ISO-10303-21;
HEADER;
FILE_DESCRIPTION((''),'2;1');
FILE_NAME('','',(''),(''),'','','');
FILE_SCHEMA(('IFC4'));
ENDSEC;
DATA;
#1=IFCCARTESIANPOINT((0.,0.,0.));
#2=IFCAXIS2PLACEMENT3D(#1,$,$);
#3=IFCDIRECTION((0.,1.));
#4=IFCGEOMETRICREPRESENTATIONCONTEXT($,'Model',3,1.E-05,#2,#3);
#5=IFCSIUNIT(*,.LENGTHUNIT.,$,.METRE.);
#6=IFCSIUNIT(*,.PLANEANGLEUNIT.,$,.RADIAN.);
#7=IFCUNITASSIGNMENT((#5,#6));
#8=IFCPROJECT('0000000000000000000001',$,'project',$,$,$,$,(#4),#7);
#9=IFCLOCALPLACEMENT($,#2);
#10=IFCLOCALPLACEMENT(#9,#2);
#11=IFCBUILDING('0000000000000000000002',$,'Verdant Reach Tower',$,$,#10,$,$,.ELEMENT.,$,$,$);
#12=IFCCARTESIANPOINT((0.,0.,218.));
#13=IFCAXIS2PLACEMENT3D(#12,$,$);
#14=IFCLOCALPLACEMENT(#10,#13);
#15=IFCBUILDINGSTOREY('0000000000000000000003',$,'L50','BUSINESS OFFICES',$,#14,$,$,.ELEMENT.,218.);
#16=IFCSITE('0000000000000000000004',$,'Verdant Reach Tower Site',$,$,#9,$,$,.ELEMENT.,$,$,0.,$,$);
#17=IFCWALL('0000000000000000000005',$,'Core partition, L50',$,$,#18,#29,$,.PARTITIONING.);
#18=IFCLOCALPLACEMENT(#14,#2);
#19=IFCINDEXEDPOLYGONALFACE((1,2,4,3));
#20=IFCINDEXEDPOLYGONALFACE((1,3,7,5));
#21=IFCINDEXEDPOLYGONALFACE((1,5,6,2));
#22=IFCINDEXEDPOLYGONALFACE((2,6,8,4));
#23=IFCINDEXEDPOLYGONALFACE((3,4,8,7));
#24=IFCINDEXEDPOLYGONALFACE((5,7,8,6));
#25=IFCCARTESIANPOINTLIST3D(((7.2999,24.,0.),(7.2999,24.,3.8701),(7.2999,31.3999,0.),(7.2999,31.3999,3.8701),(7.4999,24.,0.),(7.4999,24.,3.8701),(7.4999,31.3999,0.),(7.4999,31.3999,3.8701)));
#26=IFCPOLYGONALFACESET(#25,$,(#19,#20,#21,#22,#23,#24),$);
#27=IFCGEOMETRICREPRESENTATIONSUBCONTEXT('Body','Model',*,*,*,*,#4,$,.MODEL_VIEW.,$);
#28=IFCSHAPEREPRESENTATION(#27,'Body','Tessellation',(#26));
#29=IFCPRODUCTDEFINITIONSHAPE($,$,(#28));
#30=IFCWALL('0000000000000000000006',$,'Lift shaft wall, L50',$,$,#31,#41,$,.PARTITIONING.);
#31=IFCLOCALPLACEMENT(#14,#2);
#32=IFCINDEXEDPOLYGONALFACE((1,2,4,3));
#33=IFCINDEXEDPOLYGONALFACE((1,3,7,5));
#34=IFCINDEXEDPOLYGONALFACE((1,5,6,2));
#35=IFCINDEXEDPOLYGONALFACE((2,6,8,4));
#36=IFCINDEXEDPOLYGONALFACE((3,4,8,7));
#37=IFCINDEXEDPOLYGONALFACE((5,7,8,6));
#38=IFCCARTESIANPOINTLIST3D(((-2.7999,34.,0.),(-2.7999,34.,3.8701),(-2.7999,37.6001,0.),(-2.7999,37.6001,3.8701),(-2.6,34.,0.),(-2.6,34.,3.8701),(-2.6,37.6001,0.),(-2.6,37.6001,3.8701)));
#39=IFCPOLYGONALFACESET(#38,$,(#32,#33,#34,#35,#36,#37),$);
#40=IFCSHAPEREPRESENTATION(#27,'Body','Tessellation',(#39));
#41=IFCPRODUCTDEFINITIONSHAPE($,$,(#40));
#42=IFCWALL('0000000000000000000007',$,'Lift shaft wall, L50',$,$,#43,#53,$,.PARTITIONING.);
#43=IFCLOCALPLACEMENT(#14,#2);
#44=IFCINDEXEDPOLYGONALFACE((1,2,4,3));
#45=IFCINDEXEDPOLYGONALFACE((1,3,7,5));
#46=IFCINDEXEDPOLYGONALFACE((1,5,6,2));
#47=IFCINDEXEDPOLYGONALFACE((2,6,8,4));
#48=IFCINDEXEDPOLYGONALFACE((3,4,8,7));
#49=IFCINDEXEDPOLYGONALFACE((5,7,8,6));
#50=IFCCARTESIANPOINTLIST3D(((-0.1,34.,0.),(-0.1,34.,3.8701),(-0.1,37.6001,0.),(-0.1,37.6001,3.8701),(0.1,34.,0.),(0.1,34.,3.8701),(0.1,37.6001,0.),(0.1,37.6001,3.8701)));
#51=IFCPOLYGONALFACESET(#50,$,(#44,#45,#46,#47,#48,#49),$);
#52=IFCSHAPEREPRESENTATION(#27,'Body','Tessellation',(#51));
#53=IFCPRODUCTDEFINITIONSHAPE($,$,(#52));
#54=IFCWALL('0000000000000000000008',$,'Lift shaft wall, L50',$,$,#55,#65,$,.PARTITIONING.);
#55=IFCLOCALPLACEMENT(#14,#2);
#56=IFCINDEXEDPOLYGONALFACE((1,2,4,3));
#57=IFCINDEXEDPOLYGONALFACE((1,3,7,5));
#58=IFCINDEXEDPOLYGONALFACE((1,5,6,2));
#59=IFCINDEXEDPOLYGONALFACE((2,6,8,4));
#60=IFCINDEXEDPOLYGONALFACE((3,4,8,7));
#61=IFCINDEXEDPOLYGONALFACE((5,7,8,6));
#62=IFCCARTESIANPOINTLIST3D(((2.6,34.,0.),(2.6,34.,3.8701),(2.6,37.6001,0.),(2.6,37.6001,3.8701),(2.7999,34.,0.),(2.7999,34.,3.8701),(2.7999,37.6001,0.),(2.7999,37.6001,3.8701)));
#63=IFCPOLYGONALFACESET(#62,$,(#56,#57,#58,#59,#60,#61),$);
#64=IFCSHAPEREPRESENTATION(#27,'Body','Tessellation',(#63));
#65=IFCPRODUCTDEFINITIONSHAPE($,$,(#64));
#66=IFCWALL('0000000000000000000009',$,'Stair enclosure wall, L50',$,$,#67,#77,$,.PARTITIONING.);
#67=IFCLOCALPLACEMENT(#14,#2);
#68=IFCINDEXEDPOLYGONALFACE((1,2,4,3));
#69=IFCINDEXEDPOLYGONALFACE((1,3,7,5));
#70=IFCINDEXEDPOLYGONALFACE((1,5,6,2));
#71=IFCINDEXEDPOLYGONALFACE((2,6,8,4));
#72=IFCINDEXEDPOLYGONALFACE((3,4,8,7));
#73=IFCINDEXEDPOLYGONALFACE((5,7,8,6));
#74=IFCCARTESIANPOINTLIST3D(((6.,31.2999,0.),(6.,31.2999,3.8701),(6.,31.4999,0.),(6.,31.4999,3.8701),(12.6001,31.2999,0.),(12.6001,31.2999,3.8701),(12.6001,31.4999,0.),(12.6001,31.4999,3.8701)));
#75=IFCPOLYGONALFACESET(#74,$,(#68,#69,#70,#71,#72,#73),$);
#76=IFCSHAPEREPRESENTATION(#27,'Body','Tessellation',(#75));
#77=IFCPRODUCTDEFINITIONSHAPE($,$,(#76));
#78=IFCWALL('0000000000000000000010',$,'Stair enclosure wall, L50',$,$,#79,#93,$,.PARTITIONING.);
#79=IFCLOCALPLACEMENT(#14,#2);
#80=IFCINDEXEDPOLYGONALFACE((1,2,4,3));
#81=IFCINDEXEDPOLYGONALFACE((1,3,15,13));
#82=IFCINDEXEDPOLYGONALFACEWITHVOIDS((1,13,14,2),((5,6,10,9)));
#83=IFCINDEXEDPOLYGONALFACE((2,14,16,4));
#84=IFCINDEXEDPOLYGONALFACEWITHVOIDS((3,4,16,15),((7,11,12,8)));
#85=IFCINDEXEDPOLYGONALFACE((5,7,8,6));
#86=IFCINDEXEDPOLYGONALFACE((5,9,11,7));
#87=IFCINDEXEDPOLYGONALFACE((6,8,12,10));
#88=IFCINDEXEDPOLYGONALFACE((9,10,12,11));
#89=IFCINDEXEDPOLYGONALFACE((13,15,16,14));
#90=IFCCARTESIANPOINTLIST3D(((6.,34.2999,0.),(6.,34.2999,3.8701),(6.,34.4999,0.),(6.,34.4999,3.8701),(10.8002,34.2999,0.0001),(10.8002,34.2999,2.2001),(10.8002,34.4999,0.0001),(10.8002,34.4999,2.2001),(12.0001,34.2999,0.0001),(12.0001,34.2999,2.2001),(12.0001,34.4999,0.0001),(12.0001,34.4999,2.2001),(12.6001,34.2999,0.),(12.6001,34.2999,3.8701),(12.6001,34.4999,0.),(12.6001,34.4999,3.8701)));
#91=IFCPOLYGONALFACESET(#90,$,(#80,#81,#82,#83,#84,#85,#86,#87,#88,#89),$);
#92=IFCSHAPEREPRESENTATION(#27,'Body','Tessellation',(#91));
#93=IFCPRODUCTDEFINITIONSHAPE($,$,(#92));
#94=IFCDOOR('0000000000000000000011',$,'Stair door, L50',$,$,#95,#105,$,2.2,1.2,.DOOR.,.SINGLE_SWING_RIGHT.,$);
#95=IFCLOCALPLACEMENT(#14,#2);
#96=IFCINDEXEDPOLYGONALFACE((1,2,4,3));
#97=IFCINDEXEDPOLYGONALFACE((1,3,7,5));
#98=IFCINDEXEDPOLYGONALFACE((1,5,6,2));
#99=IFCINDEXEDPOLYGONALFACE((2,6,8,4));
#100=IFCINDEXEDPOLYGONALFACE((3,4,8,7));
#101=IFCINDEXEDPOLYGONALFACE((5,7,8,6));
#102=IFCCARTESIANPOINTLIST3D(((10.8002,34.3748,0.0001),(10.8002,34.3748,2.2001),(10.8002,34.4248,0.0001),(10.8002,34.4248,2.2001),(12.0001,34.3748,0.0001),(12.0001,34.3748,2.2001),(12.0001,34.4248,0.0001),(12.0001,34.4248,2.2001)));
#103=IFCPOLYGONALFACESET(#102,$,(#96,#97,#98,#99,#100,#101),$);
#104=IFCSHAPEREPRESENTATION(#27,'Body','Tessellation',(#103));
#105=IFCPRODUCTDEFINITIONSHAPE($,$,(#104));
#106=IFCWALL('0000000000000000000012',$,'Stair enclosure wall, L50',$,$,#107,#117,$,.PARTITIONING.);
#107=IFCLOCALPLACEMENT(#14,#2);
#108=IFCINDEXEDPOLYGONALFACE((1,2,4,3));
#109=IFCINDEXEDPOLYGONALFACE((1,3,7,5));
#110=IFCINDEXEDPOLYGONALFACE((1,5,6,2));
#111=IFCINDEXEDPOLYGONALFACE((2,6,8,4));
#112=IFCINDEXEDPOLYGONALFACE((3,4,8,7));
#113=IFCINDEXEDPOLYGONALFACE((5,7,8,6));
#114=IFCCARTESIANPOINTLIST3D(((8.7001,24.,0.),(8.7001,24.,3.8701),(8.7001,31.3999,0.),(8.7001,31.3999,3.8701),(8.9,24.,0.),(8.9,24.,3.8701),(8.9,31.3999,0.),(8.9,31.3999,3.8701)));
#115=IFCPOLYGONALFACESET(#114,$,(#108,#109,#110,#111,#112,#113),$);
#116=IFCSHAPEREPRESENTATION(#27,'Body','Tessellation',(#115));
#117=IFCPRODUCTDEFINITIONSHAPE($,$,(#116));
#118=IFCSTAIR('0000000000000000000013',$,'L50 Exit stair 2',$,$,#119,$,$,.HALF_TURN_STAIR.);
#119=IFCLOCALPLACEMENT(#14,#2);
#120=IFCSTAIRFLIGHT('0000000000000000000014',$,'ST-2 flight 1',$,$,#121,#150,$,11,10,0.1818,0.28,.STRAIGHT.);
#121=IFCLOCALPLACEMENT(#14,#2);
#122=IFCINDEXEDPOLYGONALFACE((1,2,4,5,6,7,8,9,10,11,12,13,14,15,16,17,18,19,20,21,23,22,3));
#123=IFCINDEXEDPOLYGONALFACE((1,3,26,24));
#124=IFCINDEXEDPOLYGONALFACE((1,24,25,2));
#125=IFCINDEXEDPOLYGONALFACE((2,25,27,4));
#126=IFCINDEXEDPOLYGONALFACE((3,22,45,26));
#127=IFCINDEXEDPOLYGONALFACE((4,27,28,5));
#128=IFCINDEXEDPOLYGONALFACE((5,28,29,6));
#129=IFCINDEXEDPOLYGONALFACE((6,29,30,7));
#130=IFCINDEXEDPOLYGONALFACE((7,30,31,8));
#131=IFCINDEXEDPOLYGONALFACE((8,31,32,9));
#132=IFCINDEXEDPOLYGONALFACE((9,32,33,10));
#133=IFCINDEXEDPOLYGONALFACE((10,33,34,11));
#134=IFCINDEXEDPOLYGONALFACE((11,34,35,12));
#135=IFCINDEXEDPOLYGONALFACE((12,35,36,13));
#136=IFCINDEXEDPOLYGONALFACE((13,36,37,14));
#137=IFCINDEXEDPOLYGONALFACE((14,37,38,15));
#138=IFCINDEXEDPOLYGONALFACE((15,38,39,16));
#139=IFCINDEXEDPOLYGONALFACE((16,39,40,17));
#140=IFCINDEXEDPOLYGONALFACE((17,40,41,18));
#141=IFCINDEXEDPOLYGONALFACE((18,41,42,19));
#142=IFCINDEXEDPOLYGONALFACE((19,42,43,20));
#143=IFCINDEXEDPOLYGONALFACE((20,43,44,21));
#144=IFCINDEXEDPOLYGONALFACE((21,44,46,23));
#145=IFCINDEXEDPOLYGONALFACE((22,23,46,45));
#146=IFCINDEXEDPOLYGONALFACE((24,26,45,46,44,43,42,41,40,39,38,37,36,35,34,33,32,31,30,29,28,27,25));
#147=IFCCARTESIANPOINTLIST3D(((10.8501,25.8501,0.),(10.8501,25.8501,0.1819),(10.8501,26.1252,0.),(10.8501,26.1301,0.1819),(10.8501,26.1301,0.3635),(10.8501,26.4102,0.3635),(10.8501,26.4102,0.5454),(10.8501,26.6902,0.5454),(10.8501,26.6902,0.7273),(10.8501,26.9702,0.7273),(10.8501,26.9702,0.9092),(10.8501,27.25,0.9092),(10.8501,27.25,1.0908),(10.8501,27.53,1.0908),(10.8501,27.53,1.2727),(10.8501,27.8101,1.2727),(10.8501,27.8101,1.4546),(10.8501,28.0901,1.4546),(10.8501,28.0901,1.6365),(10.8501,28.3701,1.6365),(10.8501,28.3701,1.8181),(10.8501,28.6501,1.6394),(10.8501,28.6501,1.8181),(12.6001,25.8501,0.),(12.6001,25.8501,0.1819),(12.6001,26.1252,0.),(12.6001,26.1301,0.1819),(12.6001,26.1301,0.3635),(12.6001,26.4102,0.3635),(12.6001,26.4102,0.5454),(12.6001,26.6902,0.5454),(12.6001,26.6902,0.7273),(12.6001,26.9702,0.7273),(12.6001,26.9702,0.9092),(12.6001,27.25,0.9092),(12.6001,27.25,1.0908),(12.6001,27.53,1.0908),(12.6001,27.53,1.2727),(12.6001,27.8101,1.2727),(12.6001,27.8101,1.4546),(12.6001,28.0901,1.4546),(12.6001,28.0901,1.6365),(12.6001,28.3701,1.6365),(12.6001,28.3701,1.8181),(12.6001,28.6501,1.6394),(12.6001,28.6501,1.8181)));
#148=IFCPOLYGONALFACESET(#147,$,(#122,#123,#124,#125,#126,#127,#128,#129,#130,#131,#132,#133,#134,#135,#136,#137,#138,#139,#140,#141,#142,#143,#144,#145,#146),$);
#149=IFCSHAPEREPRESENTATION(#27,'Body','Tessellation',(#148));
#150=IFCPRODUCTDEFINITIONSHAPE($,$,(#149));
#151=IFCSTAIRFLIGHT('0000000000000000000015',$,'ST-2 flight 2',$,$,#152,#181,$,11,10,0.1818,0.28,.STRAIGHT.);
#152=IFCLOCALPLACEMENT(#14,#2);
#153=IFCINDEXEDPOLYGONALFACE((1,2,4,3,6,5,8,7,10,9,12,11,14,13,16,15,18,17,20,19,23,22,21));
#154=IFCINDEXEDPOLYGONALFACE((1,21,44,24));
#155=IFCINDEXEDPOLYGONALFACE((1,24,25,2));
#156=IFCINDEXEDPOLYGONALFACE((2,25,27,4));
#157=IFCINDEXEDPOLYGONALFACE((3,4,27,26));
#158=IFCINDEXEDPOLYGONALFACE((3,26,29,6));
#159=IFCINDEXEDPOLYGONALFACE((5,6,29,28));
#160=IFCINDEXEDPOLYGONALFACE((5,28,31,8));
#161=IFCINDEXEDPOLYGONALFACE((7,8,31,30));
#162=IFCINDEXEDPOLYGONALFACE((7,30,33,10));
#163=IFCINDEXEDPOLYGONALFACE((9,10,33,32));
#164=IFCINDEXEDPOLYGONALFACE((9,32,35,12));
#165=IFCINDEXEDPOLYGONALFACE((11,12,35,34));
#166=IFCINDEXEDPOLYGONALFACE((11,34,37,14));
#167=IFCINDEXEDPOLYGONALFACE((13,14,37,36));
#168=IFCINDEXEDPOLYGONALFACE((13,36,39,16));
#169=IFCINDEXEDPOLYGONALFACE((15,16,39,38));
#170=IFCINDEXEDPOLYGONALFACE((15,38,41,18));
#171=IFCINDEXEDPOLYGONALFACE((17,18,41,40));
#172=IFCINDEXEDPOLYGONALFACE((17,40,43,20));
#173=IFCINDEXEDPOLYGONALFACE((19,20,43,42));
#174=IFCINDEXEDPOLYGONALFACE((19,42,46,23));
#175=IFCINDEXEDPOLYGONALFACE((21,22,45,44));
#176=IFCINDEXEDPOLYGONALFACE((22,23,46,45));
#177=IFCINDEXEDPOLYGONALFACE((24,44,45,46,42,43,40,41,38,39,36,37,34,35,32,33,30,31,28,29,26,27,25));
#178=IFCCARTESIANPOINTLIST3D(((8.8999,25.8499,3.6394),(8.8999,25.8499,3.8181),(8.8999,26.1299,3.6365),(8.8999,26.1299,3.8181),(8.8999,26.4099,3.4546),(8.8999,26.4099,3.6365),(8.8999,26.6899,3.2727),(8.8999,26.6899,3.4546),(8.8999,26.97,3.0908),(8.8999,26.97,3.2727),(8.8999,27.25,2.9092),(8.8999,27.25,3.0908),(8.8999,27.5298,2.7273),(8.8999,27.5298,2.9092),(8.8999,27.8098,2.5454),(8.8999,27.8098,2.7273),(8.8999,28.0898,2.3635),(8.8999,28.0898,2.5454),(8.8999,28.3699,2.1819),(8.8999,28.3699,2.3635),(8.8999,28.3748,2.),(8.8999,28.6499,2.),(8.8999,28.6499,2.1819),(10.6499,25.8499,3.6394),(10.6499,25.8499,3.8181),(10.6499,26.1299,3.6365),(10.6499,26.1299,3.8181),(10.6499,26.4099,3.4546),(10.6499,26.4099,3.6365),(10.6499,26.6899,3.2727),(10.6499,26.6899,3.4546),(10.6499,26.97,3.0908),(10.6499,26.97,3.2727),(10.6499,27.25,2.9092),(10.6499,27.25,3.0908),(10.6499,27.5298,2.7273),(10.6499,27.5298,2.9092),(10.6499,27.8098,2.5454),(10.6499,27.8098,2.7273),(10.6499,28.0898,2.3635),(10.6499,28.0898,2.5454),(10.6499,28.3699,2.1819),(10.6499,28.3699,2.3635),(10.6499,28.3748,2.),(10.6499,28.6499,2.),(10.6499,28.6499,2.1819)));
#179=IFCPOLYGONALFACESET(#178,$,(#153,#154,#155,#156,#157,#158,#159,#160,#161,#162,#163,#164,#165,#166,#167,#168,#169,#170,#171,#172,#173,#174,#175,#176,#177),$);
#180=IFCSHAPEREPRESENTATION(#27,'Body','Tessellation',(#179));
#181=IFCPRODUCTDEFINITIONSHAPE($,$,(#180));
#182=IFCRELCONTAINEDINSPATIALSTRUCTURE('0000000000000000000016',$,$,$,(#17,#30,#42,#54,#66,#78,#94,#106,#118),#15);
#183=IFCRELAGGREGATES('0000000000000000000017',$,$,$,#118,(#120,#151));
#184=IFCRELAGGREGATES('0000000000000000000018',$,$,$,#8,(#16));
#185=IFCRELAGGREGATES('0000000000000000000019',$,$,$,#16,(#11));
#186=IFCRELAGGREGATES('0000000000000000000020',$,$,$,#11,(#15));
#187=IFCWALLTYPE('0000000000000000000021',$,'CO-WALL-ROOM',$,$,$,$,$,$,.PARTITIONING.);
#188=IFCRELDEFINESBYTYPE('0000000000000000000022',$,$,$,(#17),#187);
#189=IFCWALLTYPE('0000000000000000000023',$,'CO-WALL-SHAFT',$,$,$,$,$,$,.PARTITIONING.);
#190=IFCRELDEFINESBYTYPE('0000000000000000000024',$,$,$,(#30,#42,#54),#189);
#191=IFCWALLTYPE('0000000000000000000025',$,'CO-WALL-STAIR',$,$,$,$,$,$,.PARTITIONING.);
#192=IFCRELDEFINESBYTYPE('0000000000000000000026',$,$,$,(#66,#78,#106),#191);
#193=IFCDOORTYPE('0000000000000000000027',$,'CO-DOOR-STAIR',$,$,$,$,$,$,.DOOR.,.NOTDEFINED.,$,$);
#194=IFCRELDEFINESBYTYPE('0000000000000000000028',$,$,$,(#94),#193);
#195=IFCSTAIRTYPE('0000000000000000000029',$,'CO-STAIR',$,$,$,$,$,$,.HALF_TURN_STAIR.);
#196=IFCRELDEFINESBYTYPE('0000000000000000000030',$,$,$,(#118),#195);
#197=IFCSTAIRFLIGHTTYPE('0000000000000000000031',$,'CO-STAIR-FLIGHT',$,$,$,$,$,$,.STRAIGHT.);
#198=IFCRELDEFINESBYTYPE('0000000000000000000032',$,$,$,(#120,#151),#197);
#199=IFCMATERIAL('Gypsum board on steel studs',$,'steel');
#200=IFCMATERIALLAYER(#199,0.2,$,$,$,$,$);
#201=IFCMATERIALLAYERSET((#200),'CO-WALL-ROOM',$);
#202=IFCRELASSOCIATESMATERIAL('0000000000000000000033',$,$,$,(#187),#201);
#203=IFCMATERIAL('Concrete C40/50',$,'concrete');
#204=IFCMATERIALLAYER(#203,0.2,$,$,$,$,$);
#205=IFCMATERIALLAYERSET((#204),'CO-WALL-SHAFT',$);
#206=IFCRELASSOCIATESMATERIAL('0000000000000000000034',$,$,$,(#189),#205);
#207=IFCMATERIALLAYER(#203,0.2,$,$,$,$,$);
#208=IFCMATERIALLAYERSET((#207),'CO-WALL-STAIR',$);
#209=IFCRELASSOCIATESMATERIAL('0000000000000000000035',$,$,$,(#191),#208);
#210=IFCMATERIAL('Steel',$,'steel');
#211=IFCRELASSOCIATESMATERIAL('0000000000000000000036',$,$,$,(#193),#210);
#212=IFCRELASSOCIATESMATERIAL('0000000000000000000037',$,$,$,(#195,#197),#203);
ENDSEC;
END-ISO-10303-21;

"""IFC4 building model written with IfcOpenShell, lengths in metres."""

from ifc_helpers import new_model, si_unit, direction, frame, frame_2d, origin, place, context, subcontext, project, spatial, polyline, rectangle, outline, extrude, material, layer, layer_set, type_object, element, fill, aggregate, save


model = new_model("IFC4")

# Units and contexts
model_context = context("Model", 3, precision=1e-05, world=origin(), true_north=direction((0.0, 1.0)))
body_context = subcontext(model_context, "Body", "Model", "MODEL_VIEW")
ifc_project = project(units=[si_unit("LENGTHUNIT", "METRE"), si_unit("PLANEANGLEUNIT", "RADIAN")], contexts=[model_context])

# Site, building, storey
site_placement = place(None, origin())
site = spatial("IfcSite", under=ifc_project, at=site_placement, Name="Verdant Reach Tower Site", CompositionType="ELEMENT", RefElevation=0.0)
building_placement = place(site_placement, origin())
building = spatial("IfcBuilding", under=site, at=building_placement, Name="Verdant Reach Tower", CompositionType="ELEMENT")
storey_placement = place(building_placement, frame((0.0, 0.0, 218.0)))
storey = spatial("IfcBuildingStorey", under=building, at=storey_placement, Name="L50", Description="BUSINESS OFFICES", CompositionType="ELEMENT", Elevation=218.0)

# Walls
ifc_material_1 = material(Name="Gypsum board on steel studs", Category="steel")
ifc_layer_1 = layer(ifc_material_1, 0.2)
ifc_layer_set_1 = layer_set([ifc_layer_1], Name="CO-WALL-ROOM")
wall_type_1 = type_object("IfcWallType", Name="CO-WALL-ROOM", PredefinedType="PARTITIONING", material=ifc_layer_set_1)
wall_1_placement = place(storey_placement, frame((7.3999, 24.0, 0.0), z_axis=(0.0, 0.0, 1.0), x_axis=(0.0, 1.0, 0.0)))
element("IfcWall", 1, at=wall_1_placement, inside=storey, type_object=wall_type_1, Name="Core partition, L50", PredefinedType="PARTITIONING", context=body_context, shape_type="SweptSolid", body=[
    extrude(rectangle(XDim=7.3999, YDim=0.2, at=frame_2d((3.7, 0.0))), origin(), (0.0, 0.0, 1.0), 3.8701),
])
ifc_material_2 = material(Name="Concrete C40/50", Category="concrete")
ifc_layer_2 = layer(ifc_material_2, 0.2)
ifc_layer_set_2 = layer_set([ifc_layer_2], Name="CO-WALL-SHAFT")
wall_type_2 = type_object("IfcWallType", Name="CO-WALL-SHAFT", PredefinedType="PARTITIONING", material=ifc_layer_set_2)
for number, where, z_axis, x_axis, name in (
    (2, (-2.7, 34.0, 0.0), (0.0, 0.0, 1.0), (0.0, 1.0, 0.0), "Lift shaft wall, L50"),
    (3, (0.0, 34.0, 0.0), (0.0, 0.0, 1.0), (0.0, 1.0, 0.0), "Lift shaft wall, L50"),
    (4, (2.7, 34.0, 0.0), (0.0, 0.0, 1.0), (0.0, 1.0, 0.0), "Lift shaft wall, L50"),
):
    element("IfcWall", number, at=place(storey_placement, frame(where, z_axis=z_axis, x_axis=x_axis)), inside=storey, type_object=wall_type_2, Name=name, PredefinedType="PARTITIONING", context=body_context, shape_type="SweptSolid", body=[
        extrude(rectangle(XDim=3.6001, YDim=0.2, at=frame_2d((1.8, 0.0))), origin(), (0.0, 0.0, 1.0), 3.8701),
    ])
ifc_layer_3 = layer(ifc_material_2, 0.2)
ifc_layer_set_3 = layer_set([ifc_layer_3], Name="CO-WALL-STAIR")
wall_type_3 = type_object("IfcWallType", Name="CO-WALL-STAIR", PredefinedType="PARTITIONING", material=ifc_layer_set_3)
wall_2_placement = place(storey_placement, frame((6.0, 31.3999, 0.0), z_axis=(0.0, 0.0, 1.0), x_axis=(1.0, 0.0, 0.0)))
element("IfcWall", 5, at=wall_2_placement, inside=storey, type_object=wall_type_3, Name="Stair enclosure wall, L50", PredefinedType="PARTITIONING", context=body_context, shape_type="SweptSolid", body=[
    extrude(rectangle(XDim=6.6001, YDim=0.2, at=frame_2d((3.3, 0.0))), origin(), (0.0, 0.0, 1.0), 3.8701),
])

# Wall, opening, door
wall_3_placement = place(storey_placement, frame((6.0, 34.3999, 0.0), z_axis=(0.0, 0.0, 1.0), x_axis=(1.0, 0.0, 0.0)))
wall_3 = element("IfcWall", 6, at=wall_3_placement, inside=storey, type_object=wall_type_3, Name="Stair enclosure wall, L50", PredefinedType="PARTITIONING", context=body_context, shape_type="SweptSolid", body=[
    extrude(rectangle(XDim=6.6001, YDim=0.2, at=frame_2d((3.3, 0.0))), origin(), (0.0, 0.0, 1.0), 3.8701),
])
opening_placement = place(wall_3_placement, frame((4.8, 0.0, 0.0)))
opening = element("IfcOpeningElement", 7, at=opening_placement, cuts=wall_3, PredefinedType="OPENING", context=body_context, shape_type="SweptSolid", body=[
    extrude(rectangle(XDim=1.2, YDim=2.2, at=frame_2d((0.6001, 1.1001))), frame((0.0, 0.1099, 0.0), z_axis=(0.0, -1.0, 0.0), x_axis=(1.0, 0.0, 0.0)), (0.0, 0.0, 1.0), 0.22),
])
ifc_material_3 = material(Name="Steel", Category="steel")
door_type = type_object("IfcDoorType", Name="CO-DOOR-STAIR", OperationType="NOTDEFINED", PredefinedType="DOOR", material=ifc_material_3)
door_placement = place(opening_placement, origin())
door = element("IfcDoor", 8, at=door_placement, inside=storey, type_object=door_type, Name="Stair door, L50", OperationType="SINGLE_SWING_RIGHT", OverallHeight=2.2, OverallWidth=1.2, PredefinedType="DOOR", context=body_context, shape_type="SweptSolid", body=[
    extrude(rectangle(XDim=1.2, YDim=2.2, at=frame_2d((0.6001, 1.1001))), frame((0.0, 0.0249, 0.0), z_axis=(0.0, -1.0, 0.0), x_axis=(1.0, 0.0, 0.0)), (0.0, 0.0, 1.0), 0.05),
])
fill(opening, door)

# Wall
wall_4_placement = place(storey_placement, frame((8.8, 24.0, 0.0), z_axis=(0.0, 0.0, 1.0), x_axis=(0.0, 1.0, 0.0)))
element("IfcWall", 9, at=wall_4_placement, inside=storey, type_object=wall_type_3, Name="Stair enclosure wall, L50", PredefinedType="PARTITIONING", context=body_context, shape_type="SweptSolid", body=[
    extrude(rectangle(XDim=7.3999, YDim=0.2, at=frame_2d((3.7, 0.0))), origin(), (0.0, 0.0, 1.0), 3.8701),
])

# Stair, stair flights
stair_type = type_object("IfcStairType", Name="CO-STAIR", PredefinedType="HALF_TURN_STAIR", material=ifc_material_2)
stair_1_placement = place(storey_placement, origin())
stair_1 = element("IfcStair", 10, at=stair_1_placement, inside=storey, type_object=stair_type, Name="L50 Exit stair 2", PredefinedType="HALF_TURN_STAIR")
stair_flight_type = type_object("IfcStairFlightType", Name="CO-STAIR-FLIGHT", PredefinedType="STRAIGHT", material=ifc_material_2)
stair_flight_1_placement = place(storey_placement, frame((11.7251, 25.8501, 0.0), z_axis=(0.0, 0.0, 1.0), x_axis=(0.0, 1.0, 0.0)))
stair_flight_1 = element("IfcStairFlight", 11, at=stair_flight_1_placement, type_object=stair_flight_type, Name="ST-2 flight 1", NumberOfRisers=11, NumberOfTreads=10, PredefinedType="STRAIGHT", RiserHeight=0.1818, TreadLength=0.28, context=body_context, shape_type="SweptSolid", body=[
    extrude(outline(polyline([(0.0, 0.0), (0.0, 0.1819), (0.28, 0.1819), (0.28, 0.3635), (0.5601, 0.3635), (0.5601, 0.5454), (0.8401, 0.5454), (0.8401, 0.7273), (1.1201, 0.7273), (1.1201, 0.9092), (1.3999, 0.9092), (1.3999, 1.0908), (1.6799, 1.0908), (1.6799, 1.2727), (1.96, 1.2727), (1.96, 1.4546), (2.24, 1.4546), (2.24, 1.6365), (2.52, 1.6365), (2.52, 1.8181), (2.8, 1.8181), (2.8, 2.0), (2.8, 1.6394), (0.2751, 0.0), (0.0, 0.0)])), frame((0.0, 0.875, 0.0), z_axis=(0.0, -1.0, 0.0), x_axis=(1.0, 0.0, 0.0)), (0.0, 0.0, 1.0), 1.75),
])
stair_flight_2_placement = place(storey_placement, frame((9.7749, 28.6499, 2.0), z_axis=(0.0, 0.0, 1.0), x_axis=(0.0, -1.0, 0.0)))
stair_flight_2 = element("IfcStairFlight", 12, at=stair_flight_2_placement, type_object=stair_flight_type, Name="ST-2 flight 2", NumberOfRisers=11, NumberOfTreads=10, PredefinedType="STRAIGHT", RiserHeight=0.1818, TreadLength=0.28, context=body_context, shape_type="SweptSolid", body=[
    extrude(outline(polyline([(0.0, 0.0), (0.0, 0.1819), (0.28, 0.1819), (0.28, 0.3635), (0.5601, 0.3635), (0.5601, 0.5454), (0.8401, 0.5454), (0.8401, 0.7273), (1.1201, 0.7273), (1.1201, 0.9092), (1.3999, 0.9092), (1.3999, 1.0908), (1.6799, 1.0908), (1.6799, 1.2727), (1.96, 1.2727), (1.96, 1.4546), (2.24, 1.4546), (2.24, 1.6365), (2.52, 1.6365), (2.52, 1.8181), (2.8, 1.8181), (2.8, 2.0), (2.8, 1.6394), (0.2751, 0.0), (0.0, 0.0)])), frame((0.0, 0.875, 0.0), z_axis=(0.0, -1.0, 0.0), x_axis=(1.0, 0.0, 0.0)), (0.0, 0.0, 1.0), 1.75),
])
aggregate(stair_1, [stair_flight_1, stair_flight_2])

save(model, "model.ifc")
